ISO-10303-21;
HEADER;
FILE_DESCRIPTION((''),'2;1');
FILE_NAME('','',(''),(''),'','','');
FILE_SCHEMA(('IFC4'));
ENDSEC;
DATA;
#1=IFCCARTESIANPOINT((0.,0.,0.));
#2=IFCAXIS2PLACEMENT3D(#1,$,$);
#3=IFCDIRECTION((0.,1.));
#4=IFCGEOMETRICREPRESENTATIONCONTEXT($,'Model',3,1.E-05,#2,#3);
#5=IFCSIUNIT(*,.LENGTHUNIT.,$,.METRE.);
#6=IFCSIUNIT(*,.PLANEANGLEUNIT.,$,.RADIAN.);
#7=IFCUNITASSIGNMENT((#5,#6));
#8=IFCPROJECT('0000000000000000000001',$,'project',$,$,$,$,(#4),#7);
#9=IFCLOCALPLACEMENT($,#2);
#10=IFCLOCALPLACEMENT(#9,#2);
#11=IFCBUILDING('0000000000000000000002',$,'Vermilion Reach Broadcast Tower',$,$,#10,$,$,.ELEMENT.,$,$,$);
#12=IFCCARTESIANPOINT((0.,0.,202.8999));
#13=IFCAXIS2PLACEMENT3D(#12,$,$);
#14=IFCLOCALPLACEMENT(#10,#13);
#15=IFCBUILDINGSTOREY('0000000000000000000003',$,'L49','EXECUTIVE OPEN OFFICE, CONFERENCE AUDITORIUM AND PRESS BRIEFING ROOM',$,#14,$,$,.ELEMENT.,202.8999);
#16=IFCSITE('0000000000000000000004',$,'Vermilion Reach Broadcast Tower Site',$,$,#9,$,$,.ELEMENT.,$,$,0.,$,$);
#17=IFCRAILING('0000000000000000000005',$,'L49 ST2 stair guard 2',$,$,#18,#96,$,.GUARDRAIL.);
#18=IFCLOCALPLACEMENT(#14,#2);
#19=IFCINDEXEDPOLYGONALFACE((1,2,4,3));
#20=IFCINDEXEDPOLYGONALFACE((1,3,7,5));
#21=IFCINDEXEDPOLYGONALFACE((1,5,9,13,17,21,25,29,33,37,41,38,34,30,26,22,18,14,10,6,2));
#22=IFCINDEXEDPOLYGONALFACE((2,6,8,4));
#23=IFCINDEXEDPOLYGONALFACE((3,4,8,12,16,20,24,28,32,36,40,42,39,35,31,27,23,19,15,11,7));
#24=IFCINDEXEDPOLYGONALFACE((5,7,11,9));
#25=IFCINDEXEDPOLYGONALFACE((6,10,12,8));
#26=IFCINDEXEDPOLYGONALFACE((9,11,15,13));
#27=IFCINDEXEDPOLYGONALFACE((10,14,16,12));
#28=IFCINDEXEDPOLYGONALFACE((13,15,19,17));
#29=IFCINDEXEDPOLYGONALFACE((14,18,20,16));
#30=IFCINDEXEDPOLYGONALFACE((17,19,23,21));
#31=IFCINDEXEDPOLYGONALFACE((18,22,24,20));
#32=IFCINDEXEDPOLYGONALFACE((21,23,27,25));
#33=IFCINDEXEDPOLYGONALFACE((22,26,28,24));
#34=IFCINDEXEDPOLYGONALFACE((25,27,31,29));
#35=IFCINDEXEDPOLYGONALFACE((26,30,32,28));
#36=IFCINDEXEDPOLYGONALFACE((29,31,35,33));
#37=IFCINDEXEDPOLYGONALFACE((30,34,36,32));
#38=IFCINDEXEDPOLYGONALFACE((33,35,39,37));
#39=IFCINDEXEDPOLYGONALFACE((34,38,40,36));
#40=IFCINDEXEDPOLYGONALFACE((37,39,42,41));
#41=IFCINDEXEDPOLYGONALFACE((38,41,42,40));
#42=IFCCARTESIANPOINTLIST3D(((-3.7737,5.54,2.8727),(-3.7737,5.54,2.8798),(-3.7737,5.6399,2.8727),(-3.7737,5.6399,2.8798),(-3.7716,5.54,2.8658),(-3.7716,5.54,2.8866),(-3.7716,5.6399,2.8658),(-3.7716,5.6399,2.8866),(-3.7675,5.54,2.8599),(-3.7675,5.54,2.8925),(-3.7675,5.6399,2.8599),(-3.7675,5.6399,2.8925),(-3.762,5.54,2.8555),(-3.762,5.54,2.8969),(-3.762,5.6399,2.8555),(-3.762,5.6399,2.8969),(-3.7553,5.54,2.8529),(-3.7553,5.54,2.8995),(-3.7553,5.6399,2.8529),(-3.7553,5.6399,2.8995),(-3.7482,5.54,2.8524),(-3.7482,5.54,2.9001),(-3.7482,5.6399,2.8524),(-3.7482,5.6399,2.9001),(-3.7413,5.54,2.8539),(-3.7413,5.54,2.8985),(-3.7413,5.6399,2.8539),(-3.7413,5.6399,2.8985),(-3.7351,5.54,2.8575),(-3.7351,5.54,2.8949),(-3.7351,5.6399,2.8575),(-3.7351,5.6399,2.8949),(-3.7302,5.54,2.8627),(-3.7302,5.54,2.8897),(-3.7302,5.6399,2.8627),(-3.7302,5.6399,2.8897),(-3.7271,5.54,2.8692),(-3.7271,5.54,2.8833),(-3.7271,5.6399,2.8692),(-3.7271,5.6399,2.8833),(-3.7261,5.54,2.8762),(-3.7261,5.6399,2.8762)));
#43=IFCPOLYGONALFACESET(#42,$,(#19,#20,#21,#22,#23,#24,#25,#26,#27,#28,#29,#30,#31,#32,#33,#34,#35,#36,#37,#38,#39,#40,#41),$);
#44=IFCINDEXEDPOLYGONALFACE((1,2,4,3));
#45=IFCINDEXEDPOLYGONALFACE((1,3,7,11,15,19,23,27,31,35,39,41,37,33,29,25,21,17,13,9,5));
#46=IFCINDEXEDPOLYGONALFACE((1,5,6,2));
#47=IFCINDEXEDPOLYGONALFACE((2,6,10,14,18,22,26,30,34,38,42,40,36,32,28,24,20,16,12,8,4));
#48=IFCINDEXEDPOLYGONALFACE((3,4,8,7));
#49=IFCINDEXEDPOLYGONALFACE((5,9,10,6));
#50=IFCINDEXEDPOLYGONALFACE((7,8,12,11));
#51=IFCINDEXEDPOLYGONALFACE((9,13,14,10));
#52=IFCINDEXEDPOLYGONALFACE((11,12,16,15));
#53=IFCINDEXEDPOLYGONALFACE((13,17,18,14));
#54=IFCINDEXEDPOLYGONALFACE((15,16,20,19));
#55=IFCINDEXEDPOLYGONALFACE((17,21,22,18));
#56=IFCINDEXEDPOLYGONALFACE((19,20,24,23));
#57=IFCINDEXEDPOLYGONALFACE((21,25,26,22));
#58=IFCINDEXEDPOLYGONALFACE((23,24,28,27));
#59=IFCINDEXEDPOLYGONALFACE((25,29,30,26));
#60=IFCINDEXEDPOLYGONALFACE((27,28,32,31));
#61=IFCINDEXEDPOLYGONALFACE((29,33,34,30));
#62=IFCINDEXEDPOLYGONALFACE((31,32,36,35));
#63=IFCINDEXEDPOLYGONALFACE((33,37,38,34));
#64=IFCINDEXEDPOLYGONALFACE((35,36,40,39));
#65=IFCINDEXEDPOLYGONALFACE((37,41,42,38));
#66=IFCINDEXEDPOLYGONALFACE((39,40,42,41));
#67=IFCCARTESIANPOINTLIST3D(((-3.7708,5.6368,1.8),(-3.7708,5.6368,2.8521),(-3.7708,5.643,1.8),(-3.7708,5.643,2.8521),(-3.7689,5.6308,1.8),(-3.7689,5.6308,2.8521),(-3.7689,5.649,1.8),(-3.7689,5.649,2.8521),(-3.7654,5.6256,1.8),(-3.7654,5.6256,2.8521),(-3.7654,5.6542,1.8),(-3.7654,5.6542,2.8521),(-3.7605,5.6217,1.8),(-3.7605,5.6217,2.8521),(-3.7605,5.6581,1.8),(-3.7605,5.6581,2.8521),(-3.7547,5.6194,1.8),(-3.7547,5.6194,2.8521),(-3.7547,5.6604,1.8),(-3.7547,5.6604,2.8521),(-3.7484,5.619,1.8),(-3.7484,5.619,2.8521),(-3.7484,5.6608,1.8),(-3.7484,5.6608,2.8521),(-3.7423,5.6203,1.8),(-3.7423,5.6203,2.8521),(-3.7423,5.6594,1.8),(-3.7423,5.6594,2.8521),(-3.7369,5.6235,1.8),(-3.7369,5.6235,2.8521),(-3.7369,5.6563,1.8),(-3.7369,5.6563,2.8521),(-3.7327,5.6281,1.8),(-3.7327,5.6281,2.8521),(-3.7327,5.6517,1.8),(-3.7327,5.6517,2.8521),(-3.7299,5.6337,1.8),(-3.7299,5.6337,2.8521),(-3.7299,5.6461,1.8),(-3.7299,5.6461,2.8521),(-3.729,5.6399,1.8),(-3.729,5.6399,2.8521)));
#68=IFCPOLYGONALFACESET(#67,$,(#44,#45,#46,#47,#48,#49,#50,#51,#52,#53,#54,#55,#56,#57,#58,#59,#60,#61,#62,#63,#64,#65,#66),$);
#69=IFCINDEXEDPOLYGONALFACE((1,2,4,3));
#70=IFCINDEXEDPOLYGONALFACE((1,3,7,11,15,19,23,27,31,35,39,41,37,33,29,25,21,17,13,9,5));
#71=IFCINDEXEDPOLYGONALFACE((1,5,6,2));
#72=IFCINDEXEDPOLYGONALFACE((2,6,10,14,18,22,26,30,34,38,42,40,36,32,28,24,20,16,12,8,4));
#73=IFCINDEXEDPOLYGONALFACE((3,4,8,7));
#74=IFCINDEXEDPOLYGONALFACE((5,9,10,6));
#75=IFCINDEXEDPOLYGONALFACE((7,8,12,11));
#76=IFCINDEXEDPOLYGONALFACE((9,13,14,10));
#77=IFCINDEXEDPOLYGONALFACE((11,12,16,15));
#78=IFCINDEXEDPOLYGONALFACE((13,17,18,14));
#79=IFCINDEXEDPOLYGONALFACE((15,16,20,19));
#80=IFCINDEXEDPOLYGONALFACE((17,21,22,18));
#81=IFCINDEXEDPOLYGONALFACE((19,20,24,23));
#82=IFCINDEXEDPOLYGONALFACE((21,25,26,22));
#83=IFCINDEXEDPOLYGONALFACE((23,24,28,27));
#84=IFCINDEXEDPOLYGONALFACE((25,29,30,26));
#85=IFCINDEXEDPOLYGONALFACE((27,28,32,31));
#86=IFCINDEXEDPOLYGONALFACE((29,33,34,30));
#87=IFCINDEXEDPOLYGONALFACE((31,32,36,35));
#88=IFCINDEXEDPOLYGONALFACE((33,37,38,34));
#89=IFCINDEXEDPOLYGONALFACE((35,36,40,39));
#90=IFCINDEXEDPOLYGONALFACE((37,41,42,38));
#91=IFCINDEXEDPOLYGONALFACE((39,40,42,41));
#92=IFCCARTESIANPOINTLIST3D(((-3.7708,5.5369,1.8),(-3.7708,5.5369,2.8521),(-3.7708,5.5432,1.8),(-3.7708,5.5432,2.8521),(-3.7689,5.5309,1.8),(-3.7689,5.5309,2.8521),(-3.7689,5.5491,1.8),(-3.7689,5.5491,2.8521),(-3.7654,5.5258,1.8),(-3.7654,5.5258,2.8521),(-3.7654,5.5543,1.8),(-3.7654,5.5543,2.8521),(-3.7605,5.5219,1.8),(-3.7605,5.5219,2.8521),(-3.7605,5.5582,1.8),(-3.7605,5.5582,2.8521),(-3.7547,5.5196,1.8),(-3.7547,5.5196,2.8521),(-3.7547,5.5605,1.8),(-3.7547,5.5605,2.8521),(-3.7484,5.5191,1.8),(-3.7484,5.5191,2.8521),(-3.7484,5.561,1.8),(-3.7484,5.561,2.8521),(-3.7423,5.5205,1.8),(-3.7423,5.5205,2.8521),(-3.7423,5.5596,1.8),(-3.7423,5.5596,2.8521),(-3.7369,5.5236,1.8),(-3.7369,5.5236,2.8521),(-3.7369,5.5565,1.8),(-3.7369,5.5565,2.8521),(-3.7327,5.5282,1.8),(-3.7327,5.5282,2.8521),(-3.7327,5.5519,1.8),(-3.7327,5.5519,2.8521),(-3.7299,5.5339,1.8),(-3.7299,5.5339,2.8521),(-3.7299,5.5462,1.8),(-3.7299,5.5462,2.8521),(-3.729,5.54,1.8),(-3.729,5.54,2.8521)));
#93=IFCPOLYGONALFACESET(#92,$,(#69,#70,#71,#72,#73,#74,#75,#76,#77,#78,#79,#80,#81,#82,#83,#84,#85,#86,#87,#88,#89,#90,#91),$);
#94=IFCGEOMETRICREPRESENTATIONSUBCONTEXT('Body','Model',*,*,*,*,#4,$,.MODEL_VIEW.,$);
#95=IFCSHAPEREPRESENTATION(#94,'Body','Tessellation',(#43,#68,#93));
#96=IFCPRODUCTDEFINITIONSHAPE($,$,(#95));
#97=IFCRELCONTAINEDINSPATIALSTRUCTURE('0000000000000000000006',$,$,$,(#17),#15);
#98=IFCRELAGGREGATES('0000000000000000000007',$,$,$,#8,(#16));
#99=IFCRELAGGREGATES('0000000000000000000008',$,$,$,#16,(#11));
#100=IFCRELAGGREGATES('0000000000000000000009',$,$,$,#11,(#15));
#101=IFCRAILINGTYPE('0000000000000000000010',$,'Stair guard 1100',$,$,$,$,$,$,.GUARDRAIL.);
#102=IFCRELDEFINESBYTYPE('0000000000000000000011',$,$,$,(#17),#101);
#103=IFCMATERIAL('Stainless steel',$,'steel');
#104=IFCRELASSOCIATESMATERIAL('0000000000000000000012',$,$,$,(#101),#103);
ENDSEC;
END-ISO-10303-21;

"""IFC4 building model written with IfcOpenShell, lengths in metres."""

from ifc_helpers import new_model, si_unit, direction, frame, origin, origin_2d, place, context, subcontext, project, spatial, circle, extrude, material, type_object, element, save


model = new_model("IFC4")

# Units and contexts
model_context = context("Model", 3, precision=1e-05, world=origin(), true_north=direction((0.0, 1.0)))
body_context = subcontext(model_context, "Body", "Model", "MODEL_VIEW")
ifc_project = project(units=[si_unit("LENGTHUNIT", "METRE"), si_unit("PLANEANGLEUNIT", "RADIAN")], contexts=[model_context])

# Site, building, storey
site_placement = place(None, origin())
site = spatial("IfcSite", under=ifc_project, at=site_placement, Name="Vermilion Reach Broadcast Tower Site", CompositionType="ELEMENT", RefElevation=0.0)
building_placement = place(site_placement, origin())
building = spatial("IfcBuilding", under=site, at=building_placement, Name="Vermilion Reach Broadcast Tower", CompositionType="ELEMENT")
storey_placement = place(building_placement, frame((0.0, 0.0, 202.8999)))
storey = spatial("IfcBuildingStorey", under=building, at=storey_placement, Name="L49", Description="EXECUTIVE OPEN OFFICE, CONFERENCE AUDITORIUM AND PRESS BRIEFING ROOM", CompositionType="ELEMENT", Elevation=202.8999)

# Railing
ifc_material_1 = material(Name="Stainless steel", Category="steel")
railing_type_1 = type_object("IfcRailingType", Name="Stair guard 1100", PredefinedType="GUARDRAIL", material=ifc_material_1)
railing_1_placement = place(storey_placement, frame((-3.75, 5.6399, 1.8)))
element("IfcRailing", 1, at=railing_1_placement, inside=storey, type_object=railing_type_1, Name="L49 ST2 stair guard 2", PredefinedType="GUARDRAIL", context=body_context, shape_type="SweptSolid", body=[
    extrude(circle(Radius=0.0239, at=origin_2d()), frame((0.0, 0.0, 1.0762), z_axis=(0.0, -1.0, 0.0), x_axis=(1.0, 0.0, 0.0)), (0.0, 0.0, 1.0), 0.0999),
    extrude(circle(Radius=0.021, at=origin_2d()), origin(), (0.0, 0.0, 1.0), 1.052),
    extrude(circle(Radius=0.021, at=origin_2d()), frame((0.0, -0.0999, 0.0)), (0.0, 0.0, 1.0), 1.052),
])

save(model, "model.ifc")
